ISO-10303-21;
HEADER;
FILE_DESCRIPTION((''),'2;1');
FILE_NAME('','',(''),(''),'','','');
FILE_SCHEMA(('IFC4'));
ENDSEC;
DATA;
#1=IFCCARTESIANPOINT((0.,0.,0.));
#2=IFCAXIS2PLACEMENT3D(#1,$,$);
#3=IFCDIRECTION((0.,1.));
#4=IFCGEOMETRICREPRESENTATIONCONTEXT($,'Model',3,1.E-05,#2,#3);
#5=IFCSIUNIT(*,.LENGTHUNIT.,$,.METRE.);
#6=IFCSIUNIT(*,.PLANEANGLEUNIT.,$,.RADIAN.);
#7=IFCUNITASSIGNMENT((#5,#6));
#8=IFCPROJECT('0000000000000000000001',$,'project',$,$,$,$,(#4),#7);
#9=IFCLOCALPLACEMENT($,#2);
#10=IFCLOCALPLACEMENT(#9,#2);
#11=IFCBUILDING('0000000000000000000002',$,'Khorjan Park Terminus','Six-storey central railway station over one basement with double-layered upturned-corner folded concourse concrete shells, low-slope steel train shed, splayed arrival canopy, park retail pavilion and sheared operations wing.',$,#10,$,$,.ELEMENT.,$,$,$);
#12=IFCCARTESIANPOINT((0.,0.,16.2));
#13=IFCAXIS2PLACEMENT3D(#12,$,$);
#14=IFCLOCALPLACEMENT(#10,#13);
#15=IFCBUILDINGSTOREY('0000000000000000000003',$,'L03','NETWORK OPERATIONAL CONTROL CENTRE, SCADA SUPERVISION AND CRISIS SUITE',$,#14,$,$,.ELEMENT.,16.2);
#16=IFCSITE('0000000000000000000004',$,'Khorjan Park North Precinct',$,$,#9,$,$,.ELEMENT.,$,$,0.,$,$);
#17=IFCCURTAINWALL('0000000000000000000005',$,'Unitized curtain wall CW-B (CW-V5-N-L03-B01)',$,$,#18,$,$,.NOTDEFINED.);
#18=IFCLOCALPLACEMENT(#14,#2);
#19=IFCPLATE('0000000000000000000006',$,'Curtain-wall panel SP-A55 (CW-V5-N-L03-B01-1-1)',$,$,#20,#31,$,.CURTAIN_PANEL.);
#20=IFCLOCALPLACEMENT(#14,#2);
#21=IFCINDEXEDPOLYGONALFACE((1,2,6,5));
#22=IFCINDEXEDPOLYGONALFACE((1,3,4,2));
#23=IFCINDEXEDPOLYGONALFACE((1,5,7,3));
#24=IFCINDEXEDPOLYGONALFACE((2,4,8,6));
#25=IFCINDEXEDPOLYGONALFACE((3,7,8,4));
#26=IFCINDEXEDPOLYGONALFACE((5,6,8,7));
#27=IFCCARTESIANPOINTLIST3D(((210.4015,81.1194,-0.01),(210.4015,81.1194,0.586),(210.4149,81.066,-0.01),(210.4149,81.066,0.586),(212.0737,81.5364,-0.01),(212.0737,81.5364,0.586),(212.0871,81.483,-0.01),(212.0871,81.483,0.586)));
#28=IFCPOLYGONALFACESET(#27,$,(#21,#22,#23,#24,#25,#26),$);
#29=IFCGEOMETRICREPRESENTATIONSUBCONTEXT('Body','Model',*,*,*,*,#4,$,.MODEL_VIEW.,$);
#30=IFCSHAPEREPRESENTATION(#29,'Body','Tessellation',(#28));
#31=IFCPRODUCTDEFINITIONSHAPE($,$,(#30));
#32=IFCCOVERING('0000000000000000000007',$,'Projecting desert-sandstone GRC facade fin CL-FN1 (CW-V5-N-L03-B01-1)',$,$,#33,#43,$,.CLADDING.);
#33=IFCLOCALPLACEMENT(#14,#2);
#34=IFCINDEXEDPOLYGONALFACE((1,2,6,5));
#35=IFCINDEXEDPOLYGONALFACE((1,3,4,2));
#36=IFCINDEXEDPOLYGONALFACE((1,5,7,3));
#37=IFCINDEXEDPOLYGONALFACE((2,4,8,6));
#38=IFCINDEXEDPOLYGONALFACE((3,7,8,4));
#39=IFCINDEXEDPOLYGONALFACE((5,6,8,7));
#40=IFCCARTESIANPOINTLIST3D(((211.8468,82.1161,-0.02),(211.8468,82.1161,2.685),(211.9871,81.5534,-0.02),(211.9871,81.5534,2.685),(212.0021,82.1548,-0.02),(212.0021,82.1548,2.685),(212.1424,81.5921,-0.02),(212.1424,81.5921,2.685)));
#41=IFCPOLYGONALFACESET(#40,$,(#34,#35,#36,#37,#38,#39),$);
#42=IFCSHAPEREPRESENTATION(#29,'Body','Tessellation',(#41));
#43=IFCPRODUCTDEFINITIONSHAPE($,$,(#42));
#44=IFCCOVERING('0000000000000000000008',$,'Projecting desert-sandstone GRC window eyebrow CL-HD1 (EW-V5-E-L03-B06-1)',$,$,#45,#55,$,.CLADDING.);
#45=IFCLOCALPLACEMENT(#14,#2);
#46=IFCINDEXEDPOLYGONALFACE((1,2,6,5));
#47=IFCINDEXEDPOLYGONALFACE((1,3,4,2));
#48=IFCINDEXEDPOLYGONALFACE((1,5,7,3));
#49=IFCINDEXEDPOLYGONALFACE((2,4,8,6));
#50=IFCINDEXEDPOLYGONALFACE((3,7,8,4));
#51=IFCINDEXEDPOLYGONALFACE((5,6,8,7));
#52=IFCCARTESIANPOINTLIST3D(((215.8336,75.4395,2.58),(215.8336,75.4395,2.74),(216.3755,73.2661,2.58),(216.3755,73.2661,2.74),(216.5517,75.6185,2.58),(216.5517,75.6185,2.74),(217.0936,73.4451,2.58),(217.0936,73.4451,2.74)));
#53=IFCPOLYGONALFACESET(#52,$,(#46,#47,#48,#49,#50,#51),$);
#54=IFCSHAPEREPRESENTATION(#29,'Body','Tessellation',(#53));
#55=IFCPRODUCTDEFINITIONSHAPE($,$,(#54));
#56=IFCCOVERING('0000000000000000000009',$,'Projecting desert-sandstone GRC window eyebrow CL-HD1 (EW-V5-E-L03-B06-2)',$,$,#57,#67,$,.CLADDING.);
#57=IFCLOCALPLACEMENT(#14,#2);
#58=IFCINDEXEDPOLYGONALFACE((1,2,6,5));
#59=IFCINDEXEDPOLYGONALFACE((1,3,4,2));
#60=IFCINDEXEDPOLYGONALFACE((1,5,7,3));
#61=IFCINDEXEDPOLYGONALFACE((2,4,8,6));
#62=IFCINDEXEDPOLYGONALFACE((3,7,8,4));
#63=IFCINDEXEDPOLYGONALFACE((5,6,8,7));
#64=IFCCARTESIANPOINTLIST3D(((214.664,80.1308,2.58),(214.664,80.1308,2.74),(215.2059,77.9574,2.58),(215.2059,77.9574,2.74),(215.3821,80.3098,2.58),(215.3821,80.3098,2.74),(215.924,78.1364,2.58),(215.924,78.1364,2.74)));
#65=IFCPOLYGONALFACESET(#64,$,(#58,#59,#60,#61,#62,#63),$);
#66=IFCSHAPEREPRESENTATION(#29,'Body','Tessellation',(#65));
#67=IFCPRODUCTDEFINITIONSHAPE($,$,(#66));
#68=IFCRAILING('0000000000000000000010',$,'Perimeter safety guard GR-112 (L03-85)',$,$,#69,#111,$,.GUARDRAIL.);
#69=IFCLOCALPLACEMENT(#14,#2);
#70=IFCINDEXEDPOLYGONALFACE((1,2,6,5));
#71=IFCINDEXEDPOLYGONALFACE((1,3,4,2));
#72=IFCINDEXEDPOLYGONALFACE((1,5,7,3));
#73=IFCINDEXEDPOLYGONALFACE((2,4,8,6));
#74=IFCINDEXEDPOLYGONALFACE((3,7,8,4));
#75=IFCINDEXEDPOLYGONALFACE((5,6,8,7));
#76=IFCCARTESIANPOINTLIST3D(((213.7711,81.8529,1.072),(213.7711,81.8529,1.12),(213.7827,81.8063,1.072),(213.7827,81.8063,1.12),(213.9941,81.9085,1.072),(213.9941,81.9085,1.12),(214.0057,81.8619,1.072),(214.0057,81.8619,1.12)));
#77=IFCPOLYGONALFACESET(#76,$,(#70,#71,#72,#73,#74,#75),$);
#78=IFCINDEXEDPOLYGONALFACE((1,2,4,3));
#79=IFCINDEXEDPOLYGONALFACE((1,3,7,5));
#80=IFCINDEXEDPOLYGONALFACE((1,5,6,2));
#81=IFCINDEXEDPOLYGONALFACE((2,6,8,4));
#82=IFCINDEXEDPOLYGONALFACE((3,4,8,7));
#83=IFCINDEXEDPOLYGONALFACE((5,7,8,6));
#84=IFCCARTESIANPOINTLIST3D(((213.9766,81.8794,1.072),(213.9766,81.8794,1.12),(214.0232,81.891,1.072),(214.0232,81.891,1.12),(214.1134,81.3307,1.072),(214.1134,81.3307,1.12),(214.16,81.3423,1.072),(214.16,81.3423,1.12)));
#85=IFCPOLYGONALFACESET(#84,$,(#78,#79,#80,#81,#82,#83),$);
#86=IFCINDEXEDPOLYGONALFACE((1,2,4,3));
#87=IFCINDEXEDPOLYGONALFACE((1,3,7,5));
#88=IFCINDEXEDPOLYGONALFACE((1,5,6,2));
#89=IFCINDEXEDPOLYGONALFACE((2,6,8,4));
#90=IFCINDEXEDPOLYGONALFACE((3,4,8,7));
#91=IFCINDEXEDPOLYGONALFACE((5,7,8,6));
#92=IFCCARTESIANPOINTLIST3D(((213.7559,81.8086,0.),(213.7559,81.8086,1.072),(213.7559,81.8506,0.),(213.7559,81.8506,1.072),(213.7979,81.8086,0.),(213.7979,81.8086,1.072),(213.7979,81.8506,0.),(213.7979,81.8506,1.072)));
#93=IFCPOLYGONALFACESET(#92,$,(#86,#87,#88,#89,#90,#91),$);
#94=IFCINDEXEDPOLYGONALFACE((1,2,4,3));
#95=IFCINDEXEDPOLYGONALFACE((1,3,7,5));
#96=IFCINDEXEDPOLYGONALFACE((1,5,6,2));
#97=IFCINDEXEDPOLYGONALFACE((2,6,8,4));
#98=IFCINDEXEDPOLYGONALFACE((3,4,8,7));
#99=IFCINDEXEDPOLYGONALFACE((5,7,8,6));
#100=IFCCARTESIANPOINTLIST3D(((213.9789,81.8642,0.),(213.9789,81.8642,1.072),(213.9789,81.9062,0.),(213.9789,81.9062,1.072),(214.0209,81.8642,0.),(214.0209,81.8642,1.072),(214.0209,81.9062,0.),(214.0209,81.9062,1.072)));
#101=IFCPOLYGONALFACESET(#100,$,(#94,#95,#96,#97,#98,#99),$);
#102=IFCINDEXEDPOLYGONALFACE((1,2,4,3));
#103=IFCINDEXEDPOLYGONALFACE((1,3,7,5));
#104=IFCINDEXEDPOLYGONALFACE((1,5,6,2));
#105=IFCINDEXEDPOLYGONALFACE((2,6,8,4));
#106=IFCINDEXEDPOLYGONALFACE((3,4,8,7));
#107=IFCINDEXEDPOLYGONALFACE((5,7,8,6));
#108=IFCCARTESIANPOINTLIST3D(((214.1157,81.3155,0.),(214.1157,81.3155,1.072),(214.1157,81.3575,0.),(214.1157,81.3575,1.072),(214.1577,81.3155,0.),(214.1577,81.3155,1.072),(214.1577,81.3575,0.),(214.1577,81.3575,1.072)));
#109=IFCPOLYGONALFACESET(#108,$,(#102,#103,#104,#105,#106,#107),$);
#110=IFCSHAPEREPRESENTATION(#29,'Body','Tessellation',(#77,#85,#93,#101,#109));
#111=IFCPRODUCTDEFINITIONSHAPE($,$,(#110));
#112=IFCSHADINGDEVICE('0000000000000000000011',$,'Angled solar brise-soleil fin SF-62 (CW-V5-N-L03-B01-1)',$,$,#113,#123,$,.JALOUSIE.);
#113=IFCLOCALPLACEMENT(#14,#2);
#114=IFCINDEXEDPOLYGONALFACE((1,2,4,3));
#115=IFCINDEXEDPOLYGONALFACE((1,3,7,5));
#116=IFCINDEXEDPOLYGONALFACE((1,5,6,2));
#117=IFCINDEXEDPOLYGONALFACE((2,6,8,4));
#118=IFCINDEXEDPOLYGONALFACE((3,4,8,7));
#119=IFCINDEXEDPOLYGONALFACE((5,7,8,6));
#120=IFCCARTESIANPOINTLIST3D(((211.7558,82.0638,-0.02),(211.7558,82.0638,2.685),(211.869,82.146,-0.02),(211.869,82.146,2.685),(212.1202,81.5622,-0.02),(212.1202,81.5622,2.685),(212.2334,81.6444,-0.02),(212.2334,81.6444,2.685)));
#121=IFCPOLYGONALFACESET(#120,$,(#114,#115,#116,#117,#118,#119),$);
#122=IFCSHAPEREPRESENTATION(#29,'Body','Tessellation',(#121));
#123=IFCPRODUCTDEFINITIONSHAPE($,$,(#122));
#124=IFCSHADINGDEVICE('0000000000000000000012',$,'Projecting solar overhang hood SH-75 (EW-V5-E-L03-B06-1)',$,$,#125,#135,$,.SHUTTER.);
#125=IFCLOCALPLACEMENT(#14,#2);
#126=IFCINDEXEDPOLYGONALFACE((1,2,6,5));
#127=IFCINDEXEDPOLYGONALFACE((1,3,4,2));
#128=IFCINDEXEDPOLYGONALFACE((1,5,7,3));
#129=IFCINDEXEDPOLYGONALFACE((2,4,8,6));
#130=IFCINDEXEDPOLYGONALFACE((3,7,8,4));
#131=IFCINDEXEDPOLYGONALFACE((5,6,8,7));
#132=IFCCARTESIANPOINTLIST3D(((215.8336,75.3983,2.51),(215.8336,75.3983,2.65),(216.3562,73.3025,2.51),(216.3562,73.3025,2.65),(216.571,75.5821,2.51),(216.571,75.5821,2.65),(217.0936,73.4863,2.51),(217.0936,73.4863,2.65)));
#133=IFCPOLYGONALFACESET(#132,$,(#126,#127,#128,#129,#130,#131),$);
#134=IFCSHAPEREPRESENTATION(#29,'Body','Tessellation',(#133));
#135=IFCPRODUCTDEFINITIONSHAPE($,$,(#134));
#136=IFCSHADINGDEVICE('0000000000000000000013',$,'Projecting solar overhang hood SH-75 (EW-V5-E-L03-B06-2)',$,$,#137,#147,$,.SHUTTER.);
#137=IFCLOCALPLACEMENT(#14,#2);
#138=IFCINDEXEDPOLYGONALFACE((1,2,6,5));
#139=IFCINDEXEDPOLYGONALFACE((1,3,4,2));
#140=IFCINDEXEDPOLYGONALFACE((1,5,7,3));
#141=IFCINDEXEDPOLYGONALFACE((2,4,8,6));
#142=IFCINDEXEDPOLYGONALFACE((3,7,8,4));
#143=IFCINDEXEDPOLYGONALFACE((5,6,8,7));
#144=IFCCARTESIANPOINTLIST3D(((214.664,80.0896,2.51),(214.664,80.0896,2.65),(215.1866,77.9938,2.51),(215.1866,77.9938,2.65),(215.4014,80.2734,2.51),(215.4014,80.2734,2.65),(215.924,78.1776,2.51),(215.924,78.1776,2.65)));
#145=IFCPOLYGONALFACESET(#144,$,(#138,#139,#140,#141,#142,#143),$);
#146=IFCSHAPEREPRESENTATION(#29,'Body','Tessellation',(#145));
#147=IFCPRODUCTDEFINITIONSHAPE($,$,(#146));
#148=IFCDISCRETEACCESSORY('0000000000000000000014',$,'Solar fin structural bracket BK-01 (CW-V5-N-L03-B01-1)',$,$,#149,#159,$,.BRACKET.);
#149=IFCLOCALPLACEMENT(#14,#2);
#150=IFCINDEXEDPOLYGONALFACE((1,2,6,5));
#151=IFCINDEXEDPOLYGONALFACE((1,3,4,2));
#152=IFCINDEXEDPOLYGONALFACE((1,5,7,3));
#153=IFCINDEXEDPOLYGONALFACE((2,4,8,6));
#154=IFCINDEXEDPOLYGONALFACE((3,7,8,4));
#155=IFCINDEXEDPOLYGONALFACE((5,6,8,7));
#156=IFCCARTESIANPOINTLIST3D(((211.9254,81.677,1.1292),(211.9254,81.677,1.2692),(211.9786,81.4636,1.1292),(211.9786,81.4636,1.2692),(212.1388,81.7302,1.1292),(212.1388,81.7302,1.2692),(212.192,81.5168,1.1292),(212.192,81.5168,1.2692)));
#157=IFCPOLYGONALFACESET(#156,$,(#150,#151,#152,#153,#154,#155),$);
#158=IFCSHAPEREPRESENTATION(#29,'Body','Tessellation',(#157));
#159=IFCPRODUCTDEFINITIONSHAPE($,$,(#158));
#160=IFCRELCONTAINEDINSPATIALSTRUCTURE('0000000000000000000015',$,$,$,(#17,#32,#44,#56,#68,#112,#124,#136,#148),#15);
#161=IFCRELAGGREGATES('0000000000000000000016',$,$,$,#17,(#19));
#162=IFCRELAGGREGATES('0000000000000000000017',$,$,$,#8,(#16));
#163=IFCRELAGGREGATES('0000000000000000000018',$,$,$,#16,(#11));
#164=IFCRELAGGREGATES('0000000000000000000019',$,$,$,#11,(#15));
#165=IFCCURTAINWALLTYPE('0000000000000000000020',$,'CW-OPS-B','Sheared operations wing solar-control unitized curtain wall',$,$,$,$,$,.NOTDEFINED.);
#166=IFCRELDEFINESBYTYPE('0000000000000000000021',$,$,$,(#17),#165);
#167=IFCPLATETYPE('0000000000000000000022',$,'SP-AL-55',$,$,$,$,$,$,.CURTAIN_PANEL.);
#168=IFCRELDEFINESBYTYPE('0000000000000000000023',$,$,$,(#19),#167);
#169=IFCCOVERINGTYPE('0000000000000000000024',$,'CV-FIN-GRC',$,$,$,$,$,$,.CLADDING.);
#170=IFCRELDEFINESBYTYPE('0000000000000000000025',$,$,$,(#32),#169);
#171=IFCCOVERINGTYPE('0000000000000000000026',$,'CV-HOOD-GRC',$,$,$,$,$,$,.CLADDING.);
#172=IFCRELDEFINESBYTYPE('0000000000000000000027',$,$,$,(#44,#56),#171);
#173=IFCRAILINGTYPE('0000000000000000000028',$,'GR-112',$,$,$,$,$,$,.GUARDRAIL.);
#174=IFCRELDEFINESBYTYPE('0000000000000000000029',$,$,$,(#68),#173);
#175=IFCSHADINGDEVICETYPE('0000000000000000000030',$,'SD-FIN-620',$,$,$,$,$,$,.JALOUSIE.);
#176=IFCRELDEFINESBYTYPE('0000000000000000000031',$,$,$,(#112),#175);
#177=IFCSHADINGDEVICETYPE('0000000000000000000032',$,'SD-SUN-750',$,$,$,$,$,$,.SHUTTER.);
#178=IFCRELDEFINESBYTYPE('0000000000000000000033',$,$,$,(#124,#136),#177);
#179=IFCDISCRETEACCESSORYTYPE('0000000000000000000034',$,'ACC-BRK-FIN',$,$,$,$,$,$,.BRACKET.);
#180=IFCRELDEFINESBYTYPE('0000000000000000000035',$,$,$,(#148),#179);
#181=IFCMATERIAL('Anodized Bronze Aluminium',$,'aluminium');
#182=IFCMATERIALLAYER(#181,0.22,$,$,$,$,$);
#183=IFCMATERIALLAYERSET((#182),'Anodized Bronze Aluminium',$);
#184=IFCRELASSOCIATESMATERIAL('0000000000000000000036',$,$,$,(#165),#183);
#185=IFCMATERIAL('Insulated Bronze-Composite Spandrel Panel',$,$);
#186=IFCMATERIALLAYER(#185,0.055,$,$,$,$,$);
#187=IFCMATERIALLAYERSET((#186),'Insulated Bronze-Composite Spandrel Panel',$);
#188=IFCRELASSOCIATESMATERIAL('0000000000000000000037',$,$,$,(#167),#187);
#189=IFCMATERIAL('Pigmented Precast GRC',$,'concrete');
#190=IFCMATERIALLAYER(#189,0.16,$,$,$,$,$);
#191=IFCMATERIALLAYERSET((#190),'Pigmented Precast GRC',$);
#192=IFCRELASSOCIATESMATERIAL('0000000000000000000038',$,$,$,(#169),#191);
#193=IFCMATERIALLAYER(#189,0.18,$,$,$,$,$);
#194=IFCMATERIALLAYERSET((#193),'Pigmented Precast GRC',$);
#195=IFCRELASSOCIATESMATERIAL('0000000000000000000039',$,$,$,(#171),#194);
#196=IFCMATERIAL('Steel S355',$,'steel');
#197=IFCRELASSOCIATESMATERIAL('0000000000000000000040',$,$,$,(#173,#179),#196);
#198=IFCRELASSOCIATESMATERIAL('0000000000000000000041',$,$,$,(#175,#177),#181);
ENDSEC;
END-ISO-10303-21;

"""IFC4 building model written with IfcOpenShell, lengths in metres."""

from ifc_helpers import new_model, si_unit, direction, frame, origin, origin_2d, place, context, subcontext, project, spatial, rectangle, extrude, material, layer, layer_set, type_object, element, aggregate, save


model = new_model("IFC4")

# Units and contexts
model_context = context("Model", 3, precision=1e-05, world=origin(), true_north=direction((0.0, 1.0)))
body_context = subcontext(model_context, "Body", "Model", "MODEL_VIEW")
ifc_project = project(units=[si_unit("LENGTHUNIT", "METRE"), si_unit("PLANEANGLEUNIT", "RADIAN")], contexts=[model_context])

# Site, building, storey
site_placement = place(None, origin())
site = spatial("IfcSite", under=ifc_project, at=site_placement, Name="Khorjan Park North Precinct", CompositionType="ELEMENT", RefElevation=0.0)
building_placement = place(site_placement, origin())
building = spatial("IfcBuilding", under=site, at=building_placement, Name="Khorjan Park Terminus", Description="Six-storey central railway station over one basement with double-layered upturned-corner folded concourse concrete shells, low-slope steel train shed, splayed arrival canopy, park retail pavilion and sheared operations wing.", CompositionType="ELEMENT")
storey_placement = place(building_placement, frame((0.0, 0.0, 16.2)))
storey = spatial("IfcBuildingStorey", under=building, at=storey_placement, Name="L03", Description="NETWORK OPERATIONAL CONTROL CENTRE, SCADA SUPERVISION AND CRISIS SUITE", CompositionType="ELEMENT", Elevation=16.2)

# Curtain wall, plate
ifc_material_1 = material(Name="Anodized Bronze Aluminium", Category="aluminium")
ifc_layer_1 = layer(ifc_material_1, 0.22)
ifc_layer_set_1 = layer_set([ifc_layer_1], Name="Anodized Bronze Aluminium")
curtain_wall_type = type_object("IfcCurtainWallType", Name="CW-OPS-B", Description="Sheared operations wing solar-control unitized curtain wall", PredefinedType="NOTDEFINED", material=ifc_layer_set_1)
curtain_wall_placement = place(storey_placement, origin())
curtain_wall = element("IfcCurtainWall", 1, at=curtain_wall_placement, inside=storey, type_object=curtain_wall_type, Name="Unitized curtain wall CW-B (CW-V5-N-L03-B01)", PredefinedType="NOTDEFINED")
ifc_material_2 = material(Name="Insulated Bronze-Composite Spandrel Panel")
ifc_layer_2 = layer(ifc_material_2, 0.055)
ifc_layer_set_2 = layer_set([ifc_layer_2], Name="Insulated Bronze-Composite Spandrel Panel")
plate_type_1 = type_object("IfcPlateType", Name="SP-AL-55", PredefinedType="CURTAIN_PANEL", material=ifc_layer_set_2)
plate_1_placement = place(storey_placement, frame((211.2443, 81.3012, -0.01), z_axis=(0.0, 0.0, 1.0), x_axis=(-0.970294, -0.241928, 0.0)))
plate_1 = element("IfcPlate", 2, at=plate_1_placement, type_object=plate_type_1, Name="Curtain-wall panel SP-A55 (CW-V5-N-L03-B01-1-1)", PredefinedType="CURTAIN_PANEL", context=body_context, shape_type="SweptSolid", body=[
    extrude(rectangle(XDim=1.7234, YDim=0.055, at=origin_2d()), origin(), (0.0, 0.0, 1.0), 0.596),
])
aggregate(curtain_wall, [plate_1])

# Coverings
ifc_material_3 = material(Name="Pigmented Precast GRC", Category="concrete")
ifc_layer_3 = layer(ifc_material_3, 0.16)
ifc_layer_set_3 = layer_set([ifc_layer_3], Name="Pigmented Precast GRC")
covering_type_1 = type_object("IfcCoveringType", Name="CV-FIN-GRC", PredefinedType="CLADDING", material=ifc_layer_set_3)
covering_placement = place(storey_placement, frame((211.9946, 81.8541, -0.02), z_axis=(0.0, 0.0, 1.0), x_axis=(0.241922, -0.970296, 0.0)))
element("IfcCovering", 3, at=covering_placement, inside=storey, type_object=covering_type_1, Name="Projecting desert-sandstone GRC facade fin CL-FN1 (CW-V5-N-L03-B01-1)", PredefinedType="CLADDING", context=body_context, shape_type="SweptSolid", body=[
    extrude(rectangle(XDim=0.58, YDim=0.16, at=origin_2d()), origin(), (0.0, 0.0, 1.0), 2.705),
])
ifc_layer_4 = layer(ifc_material_3, 0.18)
ifc_layer_set_4 = layer_set([ifc_layer_4], Name="Pigmented Precast GRC")
covering_type_2 = type_object("IfcCoveringType", Name="CV-HOOD-GRC", PredefinedType="CLADDING", material=ifc_layer_set_4)
for number, where, z_axis, x_axis, name in (
    (4, (216.4636, 74.4423, 2.58), (0.0, 0.0, 1.0), (-0.24192, 0.970296, 0.0), "Projecting desert-sandstone GRC window eyebrow CL-HD1 (EW-V5-E-L03-B06-1)"),
    (5, (215.294, 79.1336, 2.58), (0.0, 0.0, 1.0), (-0.24192, 0.970296, 0.0), "Projecting desert-sandstone GRC window eyebrow CL-HD1 (EW-V5-E-L03-B06-2)"),
):
    element("IfcCovering", number, at=place(storey_placement, frame(where, z_axis=z_axis, x_axis=x_axis)), inside=storey, type_object=covering_type_2, Name=name, PredefinedType="CLADDING", context=body_context, shape_type="SweptSolid", body=[
        extrude(rectangle(XDim=2.24, YDim=0.74, at=origin_2d()), origin(), (0.0, 0.0, 1.0), 0.16),
    ])

# Railing
ifc_material_4 = material(Name="Steel S355", Category="steel")
railing_type = type_object("IfcRailingType", Name="GR-112", PredefinedType="GUARDRAIL", material=ifc_material_4)
railing_placement = place(storey_placement, frame((213.7769, 81.8296, 0.0)))
element("IfcRailing", 6, at=railing_placement, inside=storey, type_object=railing_type, Name="Perimeter safety guard GR-112 (L03-85)", PredefinedType="GUARDRAIL", context=body_context, shape_type="SweptSolid", body=[
    extrude(rectangle(XDim=0.048, YDim=0.048, at=origin_2d()), frame((0.0, 0.0, 1.096), z_axis=(0.970296, 0.241921, 0.0), x_axis=(-0.241921, 0.970296, 0.0)), (0.0, 0.0, 1.0), 0.2298),
    extrude(rectangle(XDim=0.048, YDim=0.048, at=origin_2d()), frame((0.223, 0.0556, 1.096), z_axis=(0.241911, -0.970298, 0.0), x_axis=(0.970298, 0.241911, 0.0)), (0.0, 0.0, 1.0), 0.5655),
    extrude(rectangle(XDim=0.042, YDim=0.042, at=origin_2d()), origin(), (0.0, 0.0, 1.0), 1.072),
    extrude(rectangle(XDim=0.042, YDim=0.042, at=origin_2d()), frame((0.223, 0.0556, 0.0)), (0.0, 0.0, 1.0), 1.072),
    extrude(rectangle(XDim=0.042, YDim=0.042, at=origin_2d()), frame((0.3598, -0.4931, 0.0)), (0.0, 0.0, 1.0), 1.072),
])

# Shading devices
shading_device_type_1 = type_object("IfcShadingDeviceType", Name="SD-FIN-620", PredefinedType="JALOUSIE", material=ifc_material_1)
shading_device_placement = place(storey_placement, frame((211.9946, 81.8541, -0.02), z_axis=(0.0, 0.0, 1.0), x_axis=(0.587785, -0.809017, 0.0)))
element("IfcShadingDevice", 7, at=shading_device_placement, inside=storey, type_object=shading_device_type_1, Name="Angled solar brise-soleil fin SF-62 (CW-V5-N-L03-B01-1)", PredefinedType="JALOUSIE", context=body_context, shape_type="SweptSolid", body=[
    extrude(rectangle(XDim=0.62, YDim=0.14, at=origin_2d()), origin(), (0.0, 0.0, 1.0), 2.705),
])
shading_device_type_2 = type_object("IfcShadingDeviceType", Name="SD-SUN-750", PredefinedType="SHUTTER", material=ifc_material_1)
for number, where, z_axis, x_axis, name in (
    (8, (216.4636, 74.4423, 2.51), (0.0, 0.0, 1.0), (-0.24192, 0.970296, 0.0), "Projecting solar overhang hood SH-75 (EW-V5-E-L03-B06-1)"),
    (9, (215.294, 79.1336, 2.51), (0.0, 0.0, 1.0), (-0.24192, 0.970296, 0.0), "Projecting solar overhang hood SH-75 (EW-V5-E-L03-B06-2)"),
):
    element("IfcShadingDevice", number, at=place(storey_placement, frame(where, z_axis=z_axis, x_axis=x_axis)), inside=storey, type_object=shading_device_type_2, Name=name, PredefinedType="SHUTTER", context=body_context, shape_type="SweptSolid", body=[
        extrude(rectangle(XDim=2.16, YDim=0.76, at=origin_2d()), origin(), (0.0, 0.0, 1.0), 0.14),
    ])

# Discrete accessory
discrete_accessory_type = type_object("IfcDiscreteAccessoryType", Name="ACC-BRK-FIN", PredefinedType="BRACKET", material=ifc_material_4)
discrete_accessory_placement = place(storey_placement, frame((212.0587, 81.5969, 1.1292), z_axis=(0.0, 0.0, 1.0), x_axis=(-0.970294, -0.241928, 0.0)))
element("IfcDiscreteAccessory", 10, at=discrete_accessory_placement, inside=storey, type_object=discrete_accessory_type, Name="Solar fin structural bracket BK-01 (CW-V5-N-L03-B01-1)", PredefinedType="BRACKET", context=body_context, shape_type="SweptSolid", body=[
    extrude(rectangle(XDim=0.22, YDim=0.22, at=origin_2d()), origin(), (0.0, 0.0, 1.0), 0.14),
])

save(model, "model.ifc")
